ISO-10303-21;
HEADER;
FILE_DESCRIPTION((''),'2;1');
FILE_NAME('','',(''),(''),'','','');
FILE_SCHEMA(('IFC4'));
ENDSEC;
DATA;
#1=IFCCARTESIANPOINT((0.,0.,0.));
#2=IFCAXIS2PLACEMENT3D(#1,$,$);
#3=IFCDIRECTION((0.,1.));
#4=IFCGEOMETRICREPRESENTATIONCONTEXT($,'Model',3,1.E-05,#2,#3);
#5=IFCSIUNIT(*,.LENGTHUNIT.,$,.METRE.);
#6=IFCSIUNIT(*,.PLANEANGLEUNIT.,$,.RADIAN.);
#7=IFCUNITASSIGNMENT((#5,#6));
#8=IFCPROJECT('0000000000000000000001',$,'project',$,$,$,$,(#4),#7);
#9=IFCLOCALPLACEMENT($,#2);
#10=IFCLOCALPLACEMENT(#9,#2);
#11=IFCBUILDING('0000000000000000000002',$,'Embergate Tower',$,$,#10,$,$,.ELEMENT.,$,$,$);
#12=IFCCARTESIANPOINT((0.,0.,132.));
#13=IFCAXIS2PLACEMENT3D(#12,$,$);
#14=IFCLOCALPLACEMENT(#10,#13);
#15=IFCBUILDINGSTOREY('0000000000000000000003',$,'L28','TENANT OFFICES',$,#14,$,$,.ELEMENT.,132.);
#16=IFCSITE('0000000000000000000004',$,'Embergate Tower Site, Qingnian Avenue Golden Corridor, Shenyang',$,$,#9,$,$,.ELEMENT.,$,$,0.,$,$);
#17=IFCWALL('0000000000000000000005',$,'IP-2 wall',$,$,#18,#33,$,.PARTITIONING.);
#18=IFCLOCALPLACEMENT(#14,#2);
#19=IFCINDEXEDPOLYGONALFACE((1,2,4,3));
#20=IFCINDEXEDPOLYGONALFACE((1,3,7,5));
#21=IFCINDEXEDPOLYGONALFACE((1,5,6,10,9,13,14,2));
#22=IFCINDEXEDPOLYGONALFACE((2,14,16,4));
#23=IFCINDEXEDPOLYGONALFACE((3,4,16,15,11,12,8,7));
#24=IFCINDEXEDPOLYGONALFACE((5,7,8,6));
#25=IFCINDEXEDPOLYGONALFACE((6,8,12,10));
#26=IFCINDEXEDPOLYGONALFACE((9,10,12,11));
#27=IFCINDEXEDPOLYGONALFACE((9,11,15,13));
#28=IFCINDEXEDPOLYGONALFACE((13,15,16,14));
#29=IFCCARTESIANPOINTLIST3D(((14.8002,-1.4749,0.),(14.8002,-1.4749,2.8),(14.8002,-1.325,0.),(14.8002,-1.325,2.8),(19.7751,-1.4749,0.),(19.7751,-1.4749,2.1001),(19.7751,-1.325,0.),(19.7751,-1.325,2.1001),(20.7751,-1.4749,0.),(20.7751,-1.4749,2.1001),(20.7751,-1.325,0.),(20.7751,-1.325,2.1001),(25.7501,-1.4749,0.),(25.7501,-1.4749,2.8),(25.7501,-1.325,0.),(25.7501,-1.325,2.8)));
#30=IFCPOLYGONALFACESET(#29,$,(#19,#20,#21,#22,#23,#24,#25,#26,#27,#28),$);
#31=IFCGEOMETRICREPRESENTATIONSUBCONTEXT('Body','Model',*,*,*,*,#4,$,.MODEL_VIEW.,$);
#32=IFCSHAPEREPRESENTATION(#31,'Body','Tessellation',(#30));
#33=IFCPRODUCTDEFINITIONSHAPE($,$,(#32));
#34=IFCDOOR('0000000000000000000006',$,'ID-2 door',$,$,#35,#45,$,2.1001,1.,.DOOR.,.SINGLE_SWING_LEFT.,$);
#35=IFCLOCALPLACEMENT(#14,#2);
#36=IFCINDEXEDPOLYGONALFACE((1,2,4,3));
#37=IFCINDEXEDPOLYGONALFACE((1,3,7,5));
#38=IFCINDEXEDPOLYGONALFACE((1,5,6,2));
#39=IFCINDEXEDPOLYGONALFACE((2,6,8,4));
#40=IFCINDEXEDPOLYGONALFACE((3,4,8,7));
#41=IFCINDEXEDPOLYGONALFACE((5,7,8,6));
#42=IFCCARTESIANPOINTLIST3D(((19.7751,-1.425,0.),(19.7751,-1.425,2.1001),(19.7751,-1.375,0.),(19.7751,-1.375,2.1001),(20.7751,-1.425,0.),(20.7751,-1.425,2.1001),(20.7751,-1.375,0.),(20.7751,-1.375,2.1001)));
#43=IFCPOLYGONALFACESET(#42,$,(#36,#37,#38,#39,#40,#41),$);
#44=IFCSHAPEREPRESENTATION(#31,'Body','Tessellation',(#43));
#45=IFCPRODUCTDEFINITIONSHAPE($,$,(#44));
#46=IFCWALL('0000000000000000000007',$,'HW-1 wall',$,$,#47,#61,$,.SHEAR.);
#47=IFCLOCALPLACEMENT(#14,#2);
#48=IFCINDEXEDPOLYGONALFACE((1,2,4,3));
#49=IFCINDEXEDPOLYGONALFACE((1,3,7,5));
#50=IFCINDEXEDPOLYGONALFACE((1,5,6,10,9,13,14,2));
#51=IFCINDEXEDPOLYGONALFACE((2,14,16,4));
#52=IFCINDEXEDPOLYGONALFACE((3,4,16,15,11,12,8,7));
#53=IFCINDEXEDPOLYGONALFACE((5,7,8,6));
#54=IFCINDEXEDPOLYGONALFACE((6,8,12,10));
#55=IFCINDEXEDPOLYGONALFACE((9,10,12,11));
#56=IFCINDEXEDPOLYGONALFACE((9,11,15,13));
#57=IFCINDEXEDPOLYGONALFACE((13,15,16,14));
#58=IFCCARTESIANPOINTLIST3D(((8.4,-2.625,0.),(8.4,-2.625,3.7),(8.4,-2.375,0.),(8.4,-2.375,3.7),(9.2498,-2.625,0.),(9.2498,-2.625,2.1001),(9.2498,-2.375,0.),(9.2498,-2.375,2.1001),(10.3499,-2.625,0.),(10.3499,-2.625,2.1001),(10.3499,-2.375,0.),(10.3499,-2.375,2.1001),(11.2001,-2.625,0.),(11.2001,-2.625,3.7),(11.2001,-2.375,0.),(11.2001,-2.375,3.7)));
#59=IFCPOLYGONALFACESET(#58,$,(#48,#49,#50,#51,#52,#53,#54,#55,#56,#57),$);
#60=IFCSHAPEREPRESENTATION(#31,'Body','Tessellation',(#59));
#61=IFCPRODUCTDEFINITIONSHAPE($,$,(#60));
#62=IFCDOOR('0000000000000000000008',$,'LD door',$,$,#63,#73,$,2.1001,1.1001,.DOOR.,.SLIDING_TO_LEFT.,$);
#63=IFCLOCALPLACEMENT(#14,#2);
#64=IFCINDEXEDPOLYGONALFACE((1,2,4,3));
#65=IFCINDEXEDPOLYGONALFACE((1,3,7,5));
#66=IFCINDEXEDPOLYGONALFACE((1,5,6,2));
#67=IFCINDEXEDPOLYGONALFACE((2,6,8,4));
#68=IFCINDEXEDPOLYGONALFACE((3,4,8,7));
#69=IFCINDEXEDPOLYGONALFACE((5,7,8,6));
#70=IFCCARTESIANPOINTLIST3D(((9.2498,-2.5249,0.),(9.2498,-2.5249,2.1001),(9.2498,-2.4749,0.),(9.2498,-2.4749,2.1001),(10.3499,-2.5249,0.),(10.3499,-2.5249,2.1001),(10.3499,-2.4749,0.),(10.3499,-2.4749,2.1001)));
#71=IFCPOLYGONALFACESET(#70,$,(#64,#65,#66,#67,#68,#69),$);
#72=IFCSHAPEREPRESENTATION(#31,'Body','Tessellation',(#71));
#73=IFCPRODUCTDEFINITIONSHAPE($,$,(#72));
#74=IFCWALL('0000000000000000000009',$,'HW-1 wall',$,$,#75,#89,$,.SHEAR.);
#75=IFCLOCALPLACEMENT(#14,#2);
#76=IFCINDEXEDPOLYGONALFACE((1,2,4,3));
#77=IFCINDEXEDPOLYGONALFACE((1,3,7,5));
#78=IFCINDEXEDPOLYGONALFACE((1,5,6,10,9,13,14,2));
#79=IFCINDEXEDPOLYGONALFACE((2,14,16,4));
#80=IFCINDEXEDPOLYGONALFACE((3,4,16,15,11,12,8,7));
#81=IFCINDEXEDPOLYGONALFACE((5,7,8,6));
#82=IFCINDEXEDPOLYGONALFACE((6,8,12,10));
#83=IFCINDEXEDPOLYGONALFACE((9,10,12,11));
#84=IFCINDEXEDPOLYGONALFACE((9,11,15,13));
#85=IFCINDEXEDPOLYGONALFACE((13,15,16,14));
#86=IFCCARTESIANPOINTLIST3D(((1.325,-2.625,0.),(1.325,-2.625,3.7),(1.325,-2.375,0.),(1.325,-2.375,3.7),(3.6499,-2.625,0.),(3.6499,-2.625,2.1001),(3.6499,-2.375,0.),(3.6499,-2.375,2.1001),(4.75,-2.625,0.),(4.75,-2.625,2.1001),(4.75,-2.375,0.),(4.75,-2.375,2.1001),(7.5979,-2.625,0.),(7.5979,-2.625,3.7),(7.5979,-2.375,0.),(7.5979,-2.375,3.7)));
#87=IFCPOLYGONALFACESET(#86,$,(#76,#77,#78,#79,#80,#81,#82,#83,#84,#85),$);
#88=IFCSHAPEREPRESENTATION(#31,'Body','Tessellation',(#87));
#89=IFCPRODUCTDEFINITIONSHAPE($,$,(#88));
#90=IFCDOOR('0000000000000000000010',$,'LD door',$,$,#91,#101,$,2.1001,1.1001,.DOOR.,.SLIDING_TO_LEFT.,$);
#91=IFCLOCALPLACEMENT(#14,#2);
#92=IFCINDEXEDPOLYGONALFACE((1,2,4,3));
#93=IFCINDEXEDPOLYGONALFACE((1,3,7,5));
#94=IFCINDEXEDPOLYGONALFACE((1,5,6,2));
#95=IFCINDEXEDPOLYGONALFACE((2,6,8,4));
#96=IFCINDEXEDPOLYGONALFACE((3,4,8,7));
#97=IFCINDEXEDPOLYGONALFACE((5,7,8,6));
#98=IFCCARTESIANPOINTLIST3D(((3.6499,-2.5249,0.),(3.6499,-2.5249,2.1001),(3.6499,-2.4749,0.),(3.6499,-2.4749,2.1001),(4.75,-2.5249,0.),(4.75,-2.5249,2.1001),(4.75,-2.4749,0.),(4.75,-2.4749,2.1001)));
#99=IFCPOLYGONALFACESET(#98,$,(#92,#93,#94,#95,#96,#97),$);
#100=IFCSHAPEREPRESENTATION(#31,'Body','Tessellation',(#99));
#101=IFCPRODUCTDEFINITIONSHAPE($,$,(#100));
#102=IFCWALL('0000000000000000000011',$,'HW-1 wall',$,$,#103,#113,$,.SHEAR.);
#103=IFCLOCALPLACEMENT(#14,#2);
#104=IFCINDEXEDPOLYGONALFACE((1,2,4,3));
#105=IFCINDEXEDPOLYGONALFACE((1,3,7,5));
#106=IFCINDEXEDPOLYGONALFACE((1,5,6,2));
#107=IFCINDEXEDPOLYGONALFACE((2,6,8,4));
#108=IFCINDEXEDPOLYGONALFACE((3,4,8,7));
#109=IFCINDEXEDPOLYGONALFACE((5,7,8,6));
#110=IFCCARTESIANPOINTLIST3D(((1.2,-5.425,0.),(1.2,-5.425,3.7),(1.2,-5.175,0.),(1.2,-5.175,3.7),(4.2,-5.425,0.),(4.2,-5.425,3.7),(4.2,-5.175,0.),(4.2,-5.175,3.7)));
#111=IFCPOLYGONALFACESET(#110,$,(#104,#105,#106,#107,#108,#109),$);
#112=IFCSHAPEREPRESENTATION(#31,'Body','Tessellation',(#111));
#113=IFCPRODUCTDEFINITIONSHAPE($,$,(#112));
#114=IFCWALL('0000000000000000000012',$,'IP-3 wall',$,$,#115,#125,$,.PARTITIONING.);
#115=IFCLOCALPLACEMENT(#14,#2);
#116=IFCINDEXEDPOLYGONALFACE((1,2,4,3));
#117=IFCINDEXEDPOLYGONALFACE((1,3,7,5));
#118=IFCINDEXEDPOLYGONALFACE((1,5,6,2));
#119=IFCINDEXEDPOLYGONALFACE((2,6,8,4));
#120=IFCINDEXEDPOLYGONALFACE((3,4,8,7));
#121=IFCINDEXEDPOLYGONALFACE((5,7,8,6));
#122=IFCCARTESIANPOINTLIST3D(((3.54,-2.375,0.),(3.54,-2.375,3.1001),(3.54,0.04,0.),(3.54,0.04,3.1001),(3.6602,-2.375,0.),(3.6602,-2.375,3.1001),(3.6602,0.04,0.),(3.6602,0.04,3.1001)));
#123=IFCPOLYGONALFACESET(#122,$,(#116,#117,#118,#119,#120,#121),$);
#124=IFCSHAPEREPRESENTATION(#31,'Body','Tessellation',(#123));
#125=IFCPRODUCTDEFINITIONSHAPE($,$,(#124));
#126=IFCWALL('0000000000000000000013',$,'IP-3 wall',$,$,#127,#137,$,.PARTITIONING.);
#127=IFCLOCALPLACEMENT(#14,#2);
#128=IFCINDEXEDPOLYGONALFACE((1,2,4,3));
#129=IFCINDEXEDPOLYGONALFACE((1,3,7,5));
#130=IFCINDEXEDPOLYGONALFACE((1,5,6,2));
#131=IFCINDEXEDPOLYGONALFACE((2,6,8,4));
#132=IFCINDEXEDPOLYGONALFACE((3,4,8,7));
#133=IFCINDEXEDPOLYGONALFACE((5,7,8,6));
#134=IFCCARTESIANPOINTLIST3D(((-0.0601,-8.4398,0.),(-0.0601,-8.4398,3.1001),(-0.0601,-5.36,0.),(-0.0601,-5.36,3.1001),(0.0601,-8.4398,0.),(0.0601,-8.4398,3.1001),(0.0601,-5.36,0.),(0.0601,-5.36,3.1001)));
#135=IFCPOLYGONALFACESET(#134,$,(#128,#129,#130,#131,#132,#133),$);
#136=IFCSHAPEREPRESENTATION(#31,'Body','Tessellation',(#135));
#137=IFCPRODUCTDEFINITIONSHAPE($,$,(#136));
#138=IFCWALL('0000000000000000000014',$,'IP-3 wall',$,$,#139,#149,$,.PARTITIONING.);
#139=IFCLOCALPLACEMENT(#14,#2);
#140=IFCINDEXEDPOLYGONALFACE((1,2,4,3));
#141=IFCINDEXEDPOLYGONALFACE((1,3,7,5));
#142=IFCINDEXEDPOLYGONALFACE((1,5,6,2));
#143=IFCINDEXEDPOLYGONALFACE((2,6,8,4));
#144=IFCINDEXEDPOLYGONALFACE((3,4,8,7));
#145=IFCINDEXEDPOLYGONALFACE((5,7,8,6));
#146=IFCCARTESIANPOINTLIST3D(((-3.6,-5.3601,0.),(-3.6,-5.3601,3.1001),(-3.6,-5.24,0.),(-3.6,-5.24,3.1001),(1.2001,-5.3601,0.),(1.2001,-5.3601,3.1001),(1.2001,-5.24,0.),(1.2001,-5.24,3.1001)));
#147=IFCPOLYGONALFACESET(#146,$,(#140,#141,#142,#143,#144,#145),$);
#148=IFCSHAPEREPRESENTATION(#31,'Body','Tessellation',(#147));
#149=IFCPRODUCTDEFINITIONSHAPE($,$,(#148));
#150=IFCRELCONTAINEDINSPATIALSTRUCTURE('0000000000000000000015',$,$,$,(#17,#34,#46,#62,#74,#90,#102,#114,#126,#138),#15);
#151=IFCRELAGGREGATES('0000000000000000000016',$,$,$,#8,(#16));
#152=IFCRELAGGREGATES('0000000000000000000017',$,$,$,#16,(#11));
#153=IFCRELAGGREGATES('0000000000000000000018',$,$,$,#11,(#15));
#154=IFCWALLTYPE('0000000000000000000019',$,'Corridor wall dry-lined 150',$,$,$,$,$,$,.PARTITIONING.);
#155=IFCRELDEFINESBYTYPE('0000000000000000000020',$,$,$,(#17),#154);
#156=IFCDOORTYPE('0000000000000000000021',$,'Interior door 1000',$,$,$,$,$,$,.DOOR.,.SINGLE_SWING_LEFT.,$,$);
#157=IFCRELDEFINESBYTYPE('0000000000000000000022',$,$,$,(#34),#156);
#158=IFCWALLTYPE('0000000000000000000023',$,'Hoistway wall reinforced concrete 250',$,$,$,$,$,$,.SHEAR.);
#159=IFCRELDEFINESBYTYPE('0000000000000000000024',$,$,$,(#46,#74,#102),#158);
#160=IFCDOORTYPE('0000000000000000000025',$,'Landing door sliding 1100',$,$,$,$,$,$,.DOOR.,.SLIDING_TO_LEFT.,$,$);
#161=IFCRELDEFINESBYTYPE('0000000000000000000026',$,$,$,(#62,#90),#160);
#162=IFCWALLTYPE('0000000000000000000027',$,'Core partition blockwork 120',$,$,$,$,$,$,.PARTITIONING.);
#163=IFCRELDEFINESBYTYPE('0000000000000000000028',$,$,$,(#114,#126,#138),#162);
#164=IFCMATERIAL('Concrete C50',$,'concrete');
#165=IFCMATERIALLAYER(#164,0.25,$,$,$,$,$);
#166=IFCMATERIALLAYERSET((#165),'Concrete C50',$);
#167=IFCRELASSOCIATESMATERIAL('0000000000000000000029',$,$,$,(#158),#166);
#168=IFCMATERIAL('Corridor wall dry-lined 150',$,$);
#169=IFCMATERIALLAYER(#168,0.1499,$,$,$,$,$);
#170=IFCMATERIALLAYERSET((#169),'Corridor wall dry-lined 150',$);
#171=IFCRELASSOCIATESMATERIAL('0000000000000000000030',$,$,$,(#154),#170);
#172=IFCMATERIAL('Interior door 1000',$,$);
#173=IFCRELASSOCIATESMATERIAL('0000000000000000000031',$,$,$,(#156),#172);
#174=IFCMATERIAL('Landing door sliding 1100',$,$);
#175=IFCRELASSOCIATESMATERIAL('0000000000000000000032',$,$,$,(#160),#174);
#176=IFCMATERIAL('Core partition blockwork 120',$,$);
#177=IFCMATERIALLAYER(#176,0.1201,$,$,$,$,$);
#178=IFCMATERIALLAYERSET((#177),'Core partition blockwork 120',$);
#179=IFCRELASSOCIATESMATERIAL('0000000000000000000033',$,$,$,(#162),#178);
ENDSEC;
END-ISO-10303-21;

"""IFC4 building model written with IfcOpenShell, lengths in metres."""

from ifc_helpers import new_model, si_unit, direction, frame, frame_2d, origin, place, context, subcontext, project, spatial, rectangle, extrude, source, transform, mapped, material, layer, layer_set, type_object, element, fill, save


model = new_model("IFC4")

# Units and contexts
model_context = context("Model", 3, precision=1e-05, world=origin(), true_north=direction((0.0, 1.0)))
body_context = subcontext(model_context, "Body", "Model", "MODEL_VIEW")
ifc_project = project(units=[si_unit("LENGTHUNIT", "METRE"), si_unit("PLANEANGLEUNIT", "RADIAN")], contexts=[model_context])

# Site, building, storey
site_placement = place(None, origin())
site = spatial("IfcSite", under=ifc_project, at=site_placement, Name="Embergate Tower Site, Qingnian Avenue Golden Corridor, Shenyang", CompositionType="ELEMENT", RefElevation=0.0)
building_placement = place(site_placement, origin())
building = spatial("IfcBuilding", under=site, at=building_placement, Name="Embergate Tower", CompositionType="ELEMENT")
storey_placement = place(building_placement, frame((0.0, 0.0, 132.0)))
storey = spatial("IfcBuildingStorey", under=building, at=storey_placement, Name="L28", Description="TENANT OFFICES", CompositionType="ELEMENT", Elevation=132.0)

# Shared definitions
ifc_material_1 = material(Name="Concrete C50", Category="concrete")
ifc_layer_1 = layer(ifc_material_1, 0.25)
ifc_layer_set_1 = layer_set([ifc_layer_1], Name="Concrete C50")
wall_type_1 = type_object("IfcWallType", Name="Hoistway wall reinforced concrete 250", PredefinedType="SHEAR", material=ifc_layer_set_1)

# Walls, openings, doors
ifc_material_2 = material(Name="Corridor wall dry-lined 150")
ifc_layer_2 = layer(ifc_material_2, 0.1499)
ifc_layer_set_2 = layer_set([ifc_layer_2], Name="Corridor wall dry-lined 150")
wall_type_2 = type_object("IfcWallType", Name="Corridor wall dry-lined 150", PredefinedType="PARTITIONING", material=ifc_layer_set_2)
shared_shape_1 = source(origin(), body_context, "Body", "SweptSolid", [
    extrude(rectangle(XDim=10.95, YDim=0.1499, at=frame_2d((5.4751, 0.0))), origin(), (0.0, 0.0, 1.0), 2.8),
])
wall_1_placement = place(storey_placement, frame((14.8, -1.3999, 0.0), z_axis=(0.0, 0.0, 1.0), x_axis=(1.0, 0.0, 0.0)))
wall_1 = element("IfcWall", 1, at=wall_1_placement, inside=storey, type_object=wall_type_2, Name="IP-2 wall", PredefinedType="PARTITIONING", context=body_context, shape_type="MappedRepresentation", body=[
    mapped(shared_shape_1, transform((0.0, 0.0, 0.0))),
])
shared_shape_2 = source(origin(), body_context, "Body", "SweptSolid", [
    extrude(rectangle(XDim=1.0, YDim=2.1001, at=frame_2d((0.5, 1.05))), frame((0.0, 0.085, 0.0), z_axis=(0.0, -1.0, 0.0), x_axis=(1.0, 0.0, 0.0)), (0.0, 0.0, 1.0), 0.1699),
])
opening_1_placement = place(wall_1_placement, frame((4.9751, 0.0, 0.0)))
opening_1 = element("IfcOpeningElement", 2, at=opening_1_placement, cuts=wall_1, PredefinedType="OPENING", context=body_context, shape_type="MappedRepresentation", body=[
    mapped(shared_shape_2, transform((0.0, 0.0, 0.0))),
])
ifc_material_3 = material(Name="Interior door 1000")
door_type_1 = type_object("IfcDoorType", Name="Interior door 1000", OperationType="SINGLE_SWING_LEFT", PredefinedType="DOOR", material=ifc_material_3)
shared_shape_3 = source(origin(), body_context, "Body", "SweptSolid", [
    extrude(rectangle(XDim=1.0, YDim=2.1001, at=frame_2d((0.5, 1.05))), frame((0.0, 0.0249, 0.0), z_axis=(0.0, -1.0, 0.0), x_axis=(1.0, 0.0, 0.0)), (0.0, 0.0, 1.0), 0.05),
])
door_1_placement = place(opening_1_placement, origin())
door_1 = element("IfcDoor", 3, at=door_1_placement, inside=storey, type_object=door_type_1, Name="ID-2 door", OperationType="SINGLE_SWING_LEFT", OverallHeight=2.1001, OverallWidth=1.0, PredefinedType="DOOR", context=body_context, shape_type="MappedRepresentation", body=[
    mapped(shared_shape_3, transform((0.0, 0.0, 0.0))),
])
fill(opening_1, door_1)
shared_shape_4 = source(origin(), body_context, "Body", "SweptSolid", [
    extrude(rectangle(XDim=2.8, YDim=0.25, at=frame_2d((1.3999, 0.0))), origin(), (0.0, 0.0, 1.0), 3.7),
])
wall_2_placement = place(storey_placement, frame((11.2, -2.5, 0.0), z_axis=(0.0, 0.0, 1.0), x_axis=(-1.0, 0.0, 0.0)))
wall_2 = element("IfcWall", 4, at=wall_2_placement, inside=storey, type_object=wall_type_1, Name="HW-1 wall", PredefinedType="SHEAR", context=body_context, shape_type="MappedRepresentation", body=[
    mapped(shared_shape_4, transform((0.0, 0.0, 0.0))),
])
shared_shape_5 = source(origin(), body_context, "Body", "SweptSolid", [
    extrude(rectangle(XDim=1.1001, YDim=2.1001, at=frame_2d((0.55, 1.05))), frame((0.0, 0.135, 0.0), z_axis=(0.0, -1.0, 0.0), x_axis=(1.0, 0.0, 0.0)), (0.0, 0.0, 1.0), 0.27),
])
opening_2_placement = place(wall_2_placement, frame((0.8501, 0.0, 0.0)))
opening_2 = element("IfcOpeningElement", 5, at=opening_2_placement, cuts=wall_2, PredefinedType="OPENING", context=body_context, shape_type="MappedRepresentation", body=[
    mapped(shared_shape_5, transform((0.0, 0.0, 0.0))),
])
ifc_material_4 = material(Name="Landing door sliding 1100")
door_type_2 = type_object("IfcDoorType", Name="Landing door sliding 1100", OperationType="SLIDING_TO_LEFT", PredefinedType="DOOR", material=ifc_material_4)
shared_shape_6 = source(origin(), body_context, "Body", "SweptSolid", [
    extrude(rectangle(XDim=1.1001, YDim=2.1001, at=frame_2d((0.55, 1.05))), frame((0.0, 0.0249, 0.0), z_axis=(0.0, -1.0, 0.0), x_axis=(1.0, 0.0, 0.0)), (0.0, 0.0, 1.0), 0.05),
])
door_2_placement = place(opening_2_placement, origin())
door_2 = element("IfcDoor", 6, at=door_2_placement, inside=storey, type_object=door_type_2, Name="LD door", OperationType="SLIDING_TO_LEFT", OverallHeight=2.1001, OverallWidth=1.1001, PredefinedType="DOOR", context=body_context, shape_type="MappedRepresentation", body=[
    mapped(shared_shape_6, transform((0.0, 0.0, 0.0))),
])
fill(opening_2, door_2)
shared_shape_7 = source(origin(), body_context, "Body", "SweptSolid", [
    extrude(rectangle(XDim=6.2729, YDim=0.25, at=frame_2d((3.1365, 0.0))), origin(), (0.0, 0.0, 1.0), 3.7),
])
wall_3_placement = place(storey_placement, frame((7.5979, -2.5, 0.0), z_axis=(0.0, 0.0, 1.0), x_axis=(-1.0, 0.0, 0.0)))
wall_3 = element("IfcWall", 7, at=wall_3_placement, inside=storey, type_object=wall_type_1, Name="HW-1 wall", PredefinedType="SHEAR", context=body_context, shape_type="MappedRepresentation", body=[
    mapped(shared_shape_7, transform((0.0, 0.0, 0.0))),
])
opening_3_placement = place(wall_3_placement, frame((2.8479, 0.0, 0.0)))
opening_3 = element("IfcOpeningElement", 8, at=opening_3_placement, cuts=wall_3, PredefinedType="OPENING", context=body_context, shape_type="MappedRepresentation", body=[
    mapped(shared_shape_5, transform((0.0, 0.0, 0.0))),
])
door_3_placement = place(opening_3_placement, origin())
door_3 = element("IfcDoor", 9, at=door_3_placement, inside=storey, type_object=door_type_2, Name="LD door", OperationType="SLIDING_TO_LEFT", OverallHeight=2.1001, OverallWidth=1.1001, PredefinedType="DOOR", context=body_context, shape_type="MappedRepresentation", body=[
    mapped(shared_shape_6, transform((0.0, 0.0, 0.0))),
])
fill(opening_3, door_3)

# Walls
shared_shape_8 = source(origin(), body_context, "Body", "SweptSolid", [
    extrude(rectangle(XDim=3.0, YDim=0.25, at=frame_2d((1.5, 0.0))), origin(), (0.0, 0.0, 1.0), 3.7),
])
wall_4_placement = place(storey_placement, frame((1.2, -5.3, 0.0), z_axis=(0.0, 0.0, 1.0), x_axis=(1.0, 0.0, 0.0)))
element("IfcWall", 10, at=wall_4_placement, inside=storey, type_object=wall_type_1, Name="HW-1 wall", PredefinedType="SHEAR", context=body_context, shape_type="MappedRepresentation", body=[
    mapped(shared_shape_8, transform((0.0, 0.0, 0.0))),
])
ifc_material_5 = material(Name="Core partition blockwork 120")
ifc_layer_3 = layer(ifc_material_5, 0.1201)
ifc_layer_set_3 = layer_set([ifc_layer_3], Name="Core partition blockwork 120")
wall_type_3 = type_object("IfcWallType", Name="Core partition blockwork 120", PredefinedType="PARTITIONING", material=ifc_layer_set_3)
shared_shape_9 = source(origin(), body_context, "Body", "SweptSolid", [
    extrude(rectangle(XDim=2.415, YDim=0.1201, at=frame_2d((1.2075, 0.0))), origin(), (0.0, 0.0, 1.0), 3.1001),
])
wall_5_placement = place(storey_placement, frame((3.6001, -2.375, 0.0), z_axis=(0.0, 0.0, 1.0), x_axis=(0.0, 1.0, 0.0)))
element("IfcWall", 11, at=wall_5_placement, inside=storey, type_object=wall_type_3, Name="IP-3 wall", PredefinedType="PARTITIONING", context=body_context, shape_type="MappedRepresentation", body=[
    mapped(shared_shape_9, transform((0.0, 0.0, 0.0))),
])
shared_shape_10 = source(origin(), body_context, "Body", "SweptSolid", [
    extrude(rectangle(XDim=3.0798, YDim=0.1201, at=frame_2d((1.54, 0.0))), origin(), (0.0, 0.0, 1.0), 3.1001),
])
wall_6_placement = place(storey_placement, frame((0.0, -8.4399, 0.0), z_axis=(0.0, 0.0, 1.0), x_axis=(0.0, 1.0, 0.0)))
element("IfcWall", 12, at=wall_6_placement, inside=storey, type_object=wall_type_3, Name="IP-3 wall", PredefinedType="PARTITIONING", context=body_context, shape_type="MappedRepresentation", body=[
    mapped(shared_shape_10, transform((0.0, 0.0, 0.0))),
])
shared_shape_11 = source(origin(), body_context, "Body", "SweptSolid", [
    extrude(rectangle(XDim=4.8, YDim=0.1201, at=frame_2d((2.3999, 0.0))), origin(), (0.0, 0.0, 1.0), 3.1001),
])
wall_7_placement = place(storey_placement, frame((1.2, -5.3, 0.0), z_axis=(0.0, 0.0, 1.0), x_axis=(-1.0, 0.0, 0.0)))
element("IfcWall", 13, at=wall_7_placement, inside=storey, type_object=wall_type_3, Name="IP-3 wall", PredefinedType="PARTITIONING", context=body_context, shape_type="MappedRepresentation", body=[
    mapped(shared_shape_11, transform((0.0, 0.0, 0.0))),
])

save(model, "model.ifc")
